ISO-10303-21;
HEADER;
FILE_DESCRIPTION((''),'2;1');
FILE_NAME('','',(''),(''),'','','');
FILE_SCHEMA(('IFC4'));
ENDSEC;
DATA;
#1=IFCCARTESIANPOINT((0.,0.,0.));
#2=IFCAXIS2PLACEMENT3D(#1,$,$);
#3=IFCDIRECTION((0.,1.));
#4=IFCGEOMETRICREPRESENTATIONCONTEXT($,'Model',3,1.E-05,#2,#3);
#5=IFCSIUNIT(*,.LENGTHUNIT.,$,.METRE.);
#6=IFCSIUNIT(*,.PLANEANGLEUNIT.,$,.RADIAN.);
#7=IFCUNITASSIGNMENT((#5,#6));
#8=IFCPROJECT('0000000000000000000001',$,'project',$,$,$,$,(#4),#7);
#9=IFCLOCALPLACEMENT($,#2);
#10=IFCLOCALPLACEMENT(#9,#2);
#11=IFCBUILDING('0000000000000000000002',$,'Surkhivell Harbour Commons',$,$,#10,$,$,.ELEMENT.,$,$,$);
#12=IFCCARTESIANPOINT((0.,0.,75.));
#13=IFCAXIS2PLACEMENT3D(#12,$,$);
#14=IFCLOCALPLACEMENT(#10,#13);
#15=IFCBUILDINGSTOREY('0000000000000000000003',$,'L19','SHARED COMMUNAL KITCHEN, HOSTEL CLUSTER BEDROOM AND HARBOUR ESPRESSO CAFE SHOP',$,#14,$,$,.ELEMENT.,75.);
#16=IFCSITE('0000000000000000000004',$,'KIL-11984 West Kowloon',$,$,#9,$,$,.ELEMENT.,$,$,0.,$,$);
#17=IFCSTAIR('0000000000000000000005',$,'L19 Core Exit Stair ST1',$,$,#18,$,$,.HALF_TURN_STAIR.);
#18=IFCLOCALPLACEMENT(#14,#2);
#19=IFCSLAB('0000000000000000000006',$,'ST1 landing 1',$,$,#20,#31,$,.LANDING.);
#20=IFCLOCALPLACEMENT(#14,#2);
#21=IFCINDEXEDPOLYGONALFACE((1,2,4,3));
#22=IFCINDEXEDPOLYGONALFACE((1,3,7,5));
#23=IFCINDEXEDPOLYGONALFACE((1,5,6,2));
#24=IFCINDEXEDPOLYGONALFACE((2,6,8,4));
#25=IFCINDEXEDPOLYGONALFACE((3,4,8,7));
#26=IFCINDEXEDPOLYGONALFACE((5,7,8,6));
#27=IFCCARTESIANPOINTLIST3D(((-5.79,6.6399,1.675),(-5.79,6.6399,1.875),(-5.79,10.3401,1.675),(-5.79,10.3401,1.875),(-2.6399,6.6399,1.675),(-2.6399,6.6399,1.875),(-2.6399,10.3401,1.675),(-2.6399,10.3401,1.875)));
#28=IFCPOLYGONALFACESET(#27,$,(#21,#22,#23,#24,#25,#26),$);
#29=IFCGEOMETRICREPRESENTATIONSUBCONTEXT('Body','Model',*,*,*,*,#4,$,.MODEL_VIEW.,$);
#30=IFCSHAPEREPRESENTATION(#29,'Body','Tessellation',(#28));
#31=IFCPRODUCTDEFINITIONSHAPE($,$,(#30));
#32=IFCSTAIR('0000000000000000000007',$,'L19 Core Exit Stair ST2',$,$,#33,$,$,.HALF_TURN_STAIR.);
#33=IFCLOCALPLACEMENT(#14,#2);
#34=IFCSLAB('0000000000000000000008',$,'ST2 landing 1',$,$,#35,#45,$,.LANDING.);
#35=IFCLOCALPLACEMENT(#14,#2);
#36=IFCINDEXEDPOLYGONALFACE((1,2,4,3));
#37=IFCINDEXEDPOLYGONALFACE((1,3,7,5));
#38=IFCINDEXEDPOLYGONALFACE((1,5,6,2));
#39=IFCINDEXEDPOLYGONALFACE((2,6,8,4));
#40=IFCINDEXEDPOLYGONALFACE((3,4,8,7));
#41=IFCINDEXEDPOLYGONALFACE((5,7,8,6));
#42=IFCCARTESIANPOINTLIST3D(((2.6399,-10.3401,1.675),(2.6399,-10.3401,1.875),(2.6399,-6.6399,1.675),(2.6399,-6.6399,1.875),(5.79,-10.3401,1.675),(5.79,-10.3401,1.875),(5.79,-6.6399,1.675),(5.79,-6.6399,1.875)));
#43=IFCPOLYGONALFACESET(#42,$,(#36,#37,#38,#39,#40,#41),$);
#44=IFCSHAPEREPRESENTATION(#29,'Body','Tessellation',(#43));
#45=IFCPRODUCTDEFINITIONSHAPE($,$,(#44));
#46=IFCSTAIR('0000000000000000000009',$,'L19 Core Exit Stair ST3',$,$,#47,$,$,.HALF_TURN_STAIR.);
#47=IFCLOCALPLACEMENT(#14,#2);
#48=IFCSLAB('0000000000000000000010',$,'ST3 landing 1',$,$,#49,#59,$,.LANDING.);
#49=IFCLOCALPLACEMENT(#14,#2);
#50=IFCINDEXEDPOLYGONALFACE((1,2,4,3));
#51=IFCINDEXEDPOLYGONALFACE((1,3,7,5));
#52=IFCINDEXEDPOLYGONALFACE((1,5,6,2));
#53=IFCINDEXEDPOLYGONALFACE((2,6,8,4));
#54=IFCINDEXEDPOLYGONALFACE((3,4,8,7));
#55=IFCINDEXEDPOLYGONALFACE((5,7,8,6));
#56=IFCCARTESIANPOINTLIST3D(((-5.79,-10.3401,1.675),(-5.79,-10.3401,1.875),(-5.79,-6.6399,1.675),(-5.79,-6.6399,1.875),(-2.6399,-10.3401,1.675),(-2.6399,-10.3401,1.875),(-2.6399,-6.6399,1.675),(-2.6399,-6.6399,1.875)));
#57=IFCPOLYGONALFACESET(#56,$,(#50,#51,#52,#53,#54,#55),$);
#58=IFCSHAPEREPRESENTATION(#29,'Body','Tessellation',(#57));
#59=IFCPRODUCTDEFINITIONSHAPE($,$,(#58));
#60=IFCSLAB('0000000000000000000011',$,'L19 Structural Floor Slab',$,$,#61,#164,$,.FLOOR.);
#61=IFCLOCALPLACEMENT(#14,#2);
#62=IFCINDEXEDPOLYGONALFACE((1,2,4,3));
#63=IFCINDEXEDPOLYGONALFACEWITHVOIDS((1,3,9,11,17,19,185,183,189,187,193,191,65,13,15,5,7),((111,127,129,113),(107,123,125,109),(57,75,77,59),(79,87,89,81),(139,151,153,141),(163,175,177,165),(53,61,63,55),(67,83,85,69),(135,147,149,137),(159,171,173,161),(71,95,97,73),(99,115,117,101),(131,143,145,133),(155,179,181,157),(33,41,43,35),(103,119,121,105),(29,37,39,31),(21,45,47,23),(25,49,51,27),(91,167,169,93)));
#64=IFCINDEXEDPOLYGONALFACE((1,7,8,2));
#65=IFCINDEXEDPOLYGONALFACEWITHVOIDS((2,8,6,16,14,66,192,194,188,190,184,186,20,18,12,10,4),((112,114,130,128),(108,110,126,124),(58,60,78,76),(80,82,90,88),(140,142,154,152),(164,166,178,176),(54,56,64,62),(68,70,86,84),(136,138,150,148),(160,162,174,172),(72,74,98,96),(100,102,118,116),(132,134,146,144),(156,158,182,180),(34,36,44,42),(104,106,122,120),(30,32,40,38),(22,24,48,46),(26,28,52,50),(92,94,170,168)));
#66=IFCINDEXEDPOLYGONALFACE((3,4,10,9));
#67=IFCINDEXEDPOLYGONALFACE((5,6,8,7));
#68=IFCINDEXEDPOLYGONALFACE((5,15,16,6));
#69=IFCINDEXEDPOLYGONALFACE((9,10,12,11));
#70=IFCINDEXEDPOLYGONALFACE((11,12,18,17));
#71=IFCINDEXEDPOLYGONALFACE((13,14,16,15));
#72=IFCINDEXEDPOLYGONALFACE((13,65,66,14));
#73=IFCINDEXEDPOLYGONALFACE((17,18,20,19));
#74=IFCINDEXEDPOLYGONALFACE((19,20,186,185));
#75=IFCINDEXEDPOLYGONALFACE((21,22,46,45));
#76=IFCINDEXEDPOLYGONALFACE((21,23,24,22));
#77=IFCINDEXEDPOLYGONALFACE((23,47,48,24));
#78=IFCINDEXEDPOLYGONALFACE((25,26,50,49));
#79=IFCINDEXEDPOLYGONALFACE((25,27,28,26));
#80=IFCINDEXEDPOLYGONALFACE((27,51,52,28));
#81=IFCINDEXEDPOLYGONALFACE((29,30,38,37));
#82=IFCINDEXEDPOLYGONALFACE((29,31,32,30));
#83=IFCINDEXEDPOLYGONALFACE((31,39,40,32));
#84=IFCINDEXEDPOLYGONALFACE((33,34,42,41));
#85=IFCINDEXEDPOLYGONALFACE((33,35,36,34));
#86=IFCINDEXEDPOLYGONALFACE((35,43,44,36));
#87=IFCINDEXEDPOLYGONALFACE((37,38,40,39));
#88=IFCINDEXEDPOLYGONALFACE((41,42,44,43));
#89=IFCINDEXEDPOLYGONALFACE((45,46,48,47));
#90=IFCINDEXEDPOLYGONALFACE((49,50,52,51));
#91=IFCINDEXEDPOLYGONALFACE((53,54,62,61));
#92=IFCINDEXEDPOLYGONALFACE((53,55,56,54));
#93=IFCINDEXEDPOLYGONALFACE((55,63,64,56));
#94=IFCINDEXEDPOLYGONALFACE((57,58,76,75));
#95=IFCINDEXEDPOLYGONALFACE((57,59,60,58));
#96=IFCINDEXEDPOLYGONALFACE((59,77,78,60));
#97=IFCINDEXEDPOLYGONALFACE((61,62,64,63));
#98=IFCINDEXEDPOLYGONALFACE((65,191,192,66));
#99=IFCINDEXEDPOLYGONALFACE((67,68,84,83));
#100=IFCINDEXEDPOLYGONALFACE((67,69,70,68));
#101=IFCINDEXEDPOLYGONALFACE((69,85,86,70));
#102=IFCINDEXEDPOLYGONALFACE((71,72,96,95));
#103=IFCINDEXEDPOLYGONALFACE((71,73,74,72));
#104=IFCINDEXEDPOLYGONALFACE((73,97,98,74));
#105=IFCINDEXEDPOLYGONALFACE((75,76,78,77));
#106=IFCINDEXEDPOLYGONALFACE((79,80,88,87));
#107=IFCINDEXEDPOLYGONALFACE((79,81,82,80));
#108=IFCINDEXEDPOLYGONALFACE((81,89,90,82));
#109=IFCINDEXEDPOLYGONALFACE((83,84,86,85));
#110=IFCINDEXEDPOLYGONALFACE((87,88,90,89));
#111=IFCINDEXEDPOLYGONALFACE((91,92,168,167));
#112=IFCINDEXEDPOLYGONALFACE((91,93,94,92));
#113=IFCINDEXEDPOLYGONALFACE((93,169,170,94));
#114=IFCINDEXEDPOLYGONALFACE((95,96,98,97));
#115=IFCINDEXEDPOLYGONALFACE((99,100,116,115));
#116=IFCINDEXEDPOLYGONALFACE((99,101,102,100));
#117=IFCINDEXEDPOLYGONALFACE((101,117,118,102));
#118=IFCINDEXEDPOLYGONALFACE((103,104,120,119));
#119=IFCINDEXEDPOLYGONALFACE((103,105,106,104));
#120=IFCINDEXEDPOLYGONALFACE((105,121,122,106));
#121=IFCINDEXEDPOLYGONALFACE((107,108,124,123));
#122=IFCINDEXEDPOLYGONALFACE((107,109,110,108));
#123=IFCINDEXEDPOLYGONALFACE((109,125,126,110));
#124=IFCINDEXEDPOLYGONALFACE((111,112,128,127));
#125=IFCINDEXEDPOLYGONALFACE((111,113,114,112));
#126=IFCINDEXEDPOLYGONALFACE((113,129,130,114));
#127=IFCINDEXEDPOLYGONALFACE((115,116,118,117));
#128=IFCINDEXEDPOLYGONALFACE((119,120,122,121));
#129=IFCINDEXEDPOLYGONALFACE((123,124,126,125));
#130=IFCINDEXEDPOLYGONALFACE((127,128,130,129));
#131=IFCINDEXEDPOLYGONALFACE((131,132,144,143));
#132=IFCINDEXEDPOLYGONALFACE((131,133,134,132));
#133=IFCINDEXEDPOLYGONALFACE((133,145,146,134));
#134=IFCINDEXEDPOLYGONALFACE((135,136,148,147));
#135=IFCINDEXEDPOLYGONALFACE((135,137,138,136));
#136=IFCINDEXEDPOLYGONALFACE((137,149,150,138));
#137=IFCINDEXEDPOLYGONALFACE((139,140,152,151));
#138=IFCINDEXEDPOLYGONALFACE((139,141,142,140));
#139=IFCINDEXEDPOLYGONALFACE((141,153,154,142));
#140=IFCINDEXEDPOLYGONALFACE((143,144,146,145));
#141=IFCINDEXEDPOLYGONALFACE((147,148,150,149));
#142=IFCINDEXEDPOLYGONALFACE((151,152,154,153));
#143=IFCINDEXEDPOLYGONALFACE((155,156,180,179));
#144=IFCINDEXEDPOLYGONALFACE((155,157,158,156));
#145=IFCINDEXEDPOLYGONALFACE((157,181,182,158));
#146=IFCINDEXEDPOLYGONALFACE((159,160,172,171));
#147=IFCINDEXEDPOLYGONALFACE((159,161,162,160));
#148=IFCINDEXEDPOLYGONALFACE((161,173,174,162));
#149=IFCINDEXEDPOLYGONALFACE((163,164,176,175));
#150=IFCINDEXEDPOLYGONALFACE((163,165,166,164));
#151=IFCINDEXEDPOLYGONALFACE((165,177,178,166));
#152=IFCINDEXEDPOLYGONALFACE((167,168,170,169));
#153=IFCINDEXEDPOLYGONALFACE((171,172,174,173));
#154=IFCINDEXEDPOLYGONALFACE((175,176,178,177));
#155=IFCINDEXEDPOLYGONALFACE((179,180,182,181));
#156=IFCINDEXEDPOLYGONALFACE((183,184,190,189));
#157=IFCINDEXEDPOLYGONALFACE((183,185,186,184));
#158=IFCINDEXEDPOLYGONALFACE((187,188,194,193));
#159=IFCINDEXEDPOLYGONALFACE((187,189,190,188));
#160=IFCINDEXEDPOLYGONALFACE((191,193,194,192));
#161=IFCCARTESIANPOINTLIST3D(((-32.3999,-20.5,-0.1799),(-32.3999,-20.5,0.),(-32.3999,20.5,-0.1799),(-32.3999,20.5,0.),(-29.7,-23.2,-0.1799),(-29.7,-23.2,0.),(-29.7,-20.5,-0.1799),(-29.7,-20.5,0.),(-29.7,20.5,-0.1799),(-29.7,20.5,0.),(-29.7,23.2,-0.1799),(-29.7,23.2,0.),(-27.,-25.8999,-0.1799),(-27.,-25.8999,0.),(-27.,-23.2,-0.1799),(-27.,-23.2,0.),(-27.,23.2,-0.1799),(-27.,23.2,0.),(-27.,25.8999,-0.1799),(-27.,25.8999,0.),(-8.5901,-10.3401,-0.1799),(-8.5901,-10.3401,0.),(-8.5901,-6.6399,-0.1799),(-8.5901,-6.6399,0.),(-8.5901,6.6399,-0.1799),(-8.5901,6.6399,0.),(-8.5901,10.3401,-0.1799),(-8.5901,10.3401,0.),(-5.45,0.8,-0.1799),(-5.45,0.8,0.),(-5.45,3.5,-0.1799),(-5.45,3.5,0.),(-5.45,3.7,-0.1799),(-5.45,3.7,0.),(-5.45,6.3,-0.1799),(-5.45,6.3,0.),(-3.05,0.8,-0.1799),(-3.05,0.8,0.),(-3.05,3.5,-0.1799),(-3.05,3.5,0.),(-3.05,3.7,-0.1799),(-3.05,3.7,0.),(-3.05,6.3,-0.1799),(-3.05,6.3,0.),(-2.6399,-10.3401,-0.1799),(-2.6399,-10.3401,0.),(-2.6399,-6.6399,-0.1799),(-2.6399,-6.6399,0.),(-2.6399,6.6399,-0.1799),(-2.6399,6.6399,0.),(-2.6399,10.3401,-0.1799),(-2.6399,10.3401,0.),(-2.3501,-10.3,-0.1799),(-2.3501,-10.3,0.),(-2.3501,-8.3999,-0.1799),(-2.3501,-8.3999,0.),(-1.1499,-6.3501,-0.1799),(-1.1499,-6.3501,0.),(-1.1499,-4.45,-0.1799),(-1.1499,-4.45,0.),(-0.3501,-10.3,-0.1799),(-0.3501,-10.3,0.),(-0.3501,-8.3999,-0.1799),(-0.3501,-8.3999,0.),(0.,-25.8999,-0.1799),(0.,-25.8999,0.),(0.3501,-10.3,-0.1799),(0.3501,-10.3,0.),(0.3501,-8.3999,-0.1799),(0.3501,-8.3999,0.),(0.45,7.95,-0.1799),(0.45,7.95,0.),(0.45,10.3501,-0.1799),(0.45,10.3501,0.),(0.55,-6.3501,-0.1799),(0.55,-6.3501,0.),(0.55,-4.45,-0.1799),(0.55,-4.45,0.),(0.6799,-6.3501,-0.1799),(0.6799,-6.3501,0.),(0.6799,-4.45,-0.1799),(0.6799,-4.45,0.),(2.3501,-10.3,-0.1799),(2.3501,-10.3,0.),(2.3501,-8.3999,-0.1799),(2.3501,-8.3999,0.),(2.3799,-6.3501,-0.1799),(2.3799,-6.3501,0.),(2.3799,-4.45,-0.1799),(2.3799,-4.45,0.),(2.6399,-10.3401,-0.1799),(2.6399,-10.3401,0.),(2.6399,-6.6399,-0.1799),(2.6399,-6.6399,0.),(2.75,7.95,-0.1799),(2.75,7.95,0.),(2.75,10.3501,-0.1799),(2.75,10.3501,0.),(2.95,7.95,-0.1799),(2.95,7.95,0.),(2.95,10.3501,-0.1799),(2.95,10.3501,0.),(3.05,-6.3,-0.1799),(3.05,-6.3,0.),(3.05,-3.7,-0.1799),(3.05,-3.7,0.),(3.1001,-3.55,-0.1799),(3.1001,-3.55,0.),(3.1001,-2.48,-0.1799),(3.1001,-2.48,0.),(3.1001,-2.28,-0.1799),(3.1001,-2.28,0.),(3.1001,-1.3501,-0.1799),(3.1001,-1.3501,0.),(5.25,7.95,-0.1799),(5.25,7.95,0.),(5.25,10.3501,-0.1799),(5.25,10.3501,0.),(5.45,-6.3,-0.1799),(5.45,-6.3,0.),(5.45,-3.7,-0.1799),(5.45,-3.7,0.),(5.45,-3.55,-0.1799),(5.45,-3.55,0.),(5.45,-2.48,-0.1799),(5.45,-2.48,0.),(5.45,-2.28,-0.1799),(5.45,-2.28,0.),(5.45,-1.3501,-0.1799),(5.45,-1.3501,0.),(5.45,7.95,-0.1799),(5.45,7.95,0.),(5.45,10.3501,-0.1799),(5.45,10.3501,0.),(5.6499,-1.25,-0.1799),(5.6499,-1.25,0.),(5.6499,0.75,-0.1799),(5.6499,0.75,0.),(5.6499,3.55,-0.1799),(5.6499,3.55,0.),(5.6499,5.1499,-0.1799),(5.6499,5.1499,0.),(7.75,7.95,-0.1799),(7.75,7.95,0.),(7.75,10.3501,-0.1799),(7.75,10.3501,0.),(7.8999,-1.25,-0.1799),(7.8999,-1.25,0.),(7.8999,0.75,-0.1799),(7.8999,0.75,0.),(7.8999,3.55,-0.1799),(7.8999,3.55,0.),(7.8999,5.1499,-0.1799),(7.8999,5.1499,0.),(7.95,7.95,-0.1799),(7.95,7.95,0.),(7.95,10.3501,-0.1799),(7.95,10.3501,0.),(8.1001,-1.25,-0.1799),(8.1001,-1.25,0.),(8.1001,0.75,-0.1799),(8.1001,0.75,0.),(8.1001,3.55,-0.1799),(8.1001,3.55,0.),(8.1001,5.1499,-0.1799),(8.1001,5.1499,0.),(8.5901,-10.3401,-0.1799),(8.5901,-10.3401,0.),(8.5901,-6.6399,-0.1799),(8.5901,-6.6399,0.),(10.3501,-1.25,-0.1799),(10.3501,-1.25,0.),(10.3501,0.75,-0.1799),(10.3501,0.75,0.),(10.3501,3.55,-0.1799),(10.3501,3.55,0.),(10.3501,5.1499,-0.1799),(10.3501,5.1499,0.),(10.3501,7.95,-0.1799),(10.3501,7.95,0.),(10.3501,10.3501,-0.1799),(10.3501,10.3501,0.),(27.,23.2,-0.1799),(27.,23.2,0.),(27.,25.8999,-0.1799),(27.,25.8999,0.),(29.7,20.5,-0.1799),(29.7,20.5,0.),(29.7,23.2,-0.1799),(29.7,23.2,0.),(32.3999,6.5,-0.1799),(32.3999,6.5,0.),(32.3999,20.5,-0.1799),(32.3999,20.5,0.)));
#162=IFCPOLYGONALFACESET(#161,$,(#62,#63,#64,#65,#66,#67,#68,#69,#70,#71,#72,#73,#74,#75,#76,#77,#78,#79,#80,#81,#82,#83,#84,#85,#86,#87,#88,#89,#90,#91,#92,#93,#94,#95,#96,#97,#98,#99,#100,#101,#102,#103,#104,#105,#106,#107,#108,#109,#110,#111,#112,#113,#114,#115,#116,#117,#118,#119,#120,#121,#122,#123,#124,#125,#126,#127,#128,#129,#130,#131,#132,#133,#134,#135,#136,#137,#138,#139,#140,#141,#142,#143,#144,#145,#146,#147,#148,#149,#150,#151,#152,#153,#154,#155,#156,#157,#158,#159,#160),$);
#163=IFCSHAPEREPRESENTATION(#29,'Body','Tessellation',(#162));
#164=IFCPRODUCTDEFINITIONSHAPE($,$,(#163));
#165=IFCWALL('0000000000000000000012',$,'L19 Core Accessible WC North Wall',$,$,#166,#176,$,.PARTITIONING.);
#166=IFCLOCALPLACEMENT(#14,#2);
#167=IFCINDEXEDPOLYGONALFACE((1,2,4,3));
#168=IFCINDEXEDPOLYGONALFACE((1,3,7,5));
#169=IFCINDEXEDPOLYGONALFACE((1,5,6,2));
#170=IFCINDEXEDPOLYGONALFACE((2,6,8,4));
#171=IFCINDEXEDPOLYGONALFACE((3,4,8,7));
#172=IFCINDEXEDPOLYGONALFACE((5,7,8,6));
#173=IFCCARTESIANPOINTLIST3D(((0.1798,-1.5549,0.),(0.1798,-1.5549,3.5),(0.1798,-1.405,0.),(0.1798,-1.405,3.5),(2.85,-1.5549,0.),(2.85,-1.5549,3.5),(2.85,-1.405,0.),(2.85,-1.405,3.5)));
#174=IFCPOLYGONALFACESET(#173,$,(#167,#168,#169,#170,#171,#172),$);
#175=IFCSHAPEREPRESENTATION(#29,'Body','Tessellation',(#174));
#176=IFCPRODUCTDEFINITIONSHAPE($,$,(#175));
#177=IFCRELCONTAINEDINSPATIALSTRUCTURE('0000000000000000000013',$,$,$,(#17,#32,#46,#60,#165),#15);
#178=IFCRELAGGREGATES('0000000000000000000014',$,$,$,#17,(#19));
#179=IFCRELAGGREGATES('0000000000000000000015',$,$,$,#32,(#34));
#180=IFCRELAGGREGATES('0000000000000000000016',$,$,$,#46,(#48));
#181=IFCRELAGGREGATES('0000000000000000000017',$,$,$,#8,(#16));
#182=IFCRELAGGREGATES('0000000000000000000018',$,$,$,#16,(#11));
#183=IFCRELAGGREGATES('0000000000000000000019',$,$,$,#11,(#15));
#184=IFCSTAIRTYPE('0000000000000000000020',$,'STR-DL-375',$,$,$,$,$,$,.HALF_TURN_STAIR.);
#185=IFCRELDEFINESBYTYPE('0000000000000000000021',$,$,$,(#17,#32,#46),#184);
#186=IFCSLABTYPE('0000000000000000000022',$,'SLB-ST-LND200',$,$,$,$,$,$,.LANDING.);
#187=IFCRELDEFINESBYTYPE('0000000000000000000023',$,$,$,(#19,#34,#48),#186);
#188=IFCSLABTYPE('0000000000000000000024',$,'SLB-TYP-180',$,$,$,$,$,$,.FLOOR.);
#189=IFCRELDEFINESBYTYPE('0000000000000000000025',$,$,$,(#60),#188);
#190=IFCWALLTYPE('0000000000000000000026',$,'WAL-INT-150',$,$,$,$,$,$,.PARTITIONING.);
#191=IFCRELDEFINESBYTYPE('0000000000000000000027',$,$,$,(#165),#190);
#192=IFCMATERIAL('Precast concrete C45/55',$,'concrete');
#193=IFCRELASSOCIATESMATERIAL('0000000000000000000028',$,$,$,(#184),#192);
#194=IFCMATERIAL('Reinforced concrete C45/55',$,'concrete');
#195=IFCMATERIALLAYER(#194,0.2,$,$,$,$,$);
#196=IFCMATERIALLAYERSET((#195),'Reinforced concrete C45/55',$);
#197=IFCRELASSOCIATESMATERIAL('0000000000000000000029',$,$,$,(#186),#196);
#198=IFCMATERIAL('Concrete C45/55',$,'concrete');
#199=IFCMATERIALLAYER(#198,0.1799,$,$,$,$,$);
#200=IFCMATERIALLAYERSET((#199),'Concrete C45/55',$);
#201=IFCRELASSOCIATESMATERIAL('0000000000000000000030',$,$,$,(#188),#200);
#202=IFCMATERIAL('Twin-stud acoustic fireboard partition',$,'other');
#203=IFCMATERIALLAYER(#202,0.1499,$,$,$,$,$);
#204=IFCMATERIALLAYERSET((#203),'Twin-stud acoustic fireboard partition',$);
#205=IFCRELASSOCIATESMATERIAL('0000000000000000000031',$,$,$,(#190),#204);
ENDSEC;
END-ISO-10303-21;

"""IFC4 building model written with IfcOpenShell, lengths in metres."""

from ifc_helpers import new_model, si_unit, direction, frame, frame_2d, origin, place, context, subcontext, project, spatial, polyline, rectangle, outline, extrude, material, layer, layer_set, type_object, element, aggregate, save


model = new_model("IFC4")

# Units and contexts
model_context = context("Model", 3, precision=1e-05, world=origin(), true_north=direction((0.0, 1.0)))
body_context = subcontext(model_context, "Body", "Model", "MODEL_VIEW")
ifc_project = project(units=[si_unit("LENGTHUNIT", "METRE"), si_unit("PLANEANGLEUNIT", "RADIAN")], contexts=[model_context])

# Site, building, storey
site_placement = place(None, origin())
site = spatial("IfcSite", under=ifc_project, at=site_placement, Name="KIL-11984 West Kowloon", CompositionType="ELEMENT", RefElevation=0.0)
building_placement = place(site_placement, origin())
building = spatial("IfcBuilding", under=site, at=building_placement, Name="Surkhivell Harbour Commons", CompositionType="ELEMENT")
storey_placement = place(building_placement, frame((0.0, 0.0, 75.0)))
storey = spatial("IfcBuildingStorey", under=building, at=storey_placement, Name="L19", Description="SHARED COMMUNAL KITCHEN, HOSTEL CLUSTER BEDROOM AND HARBOUR ESPRESSO CAFE SHOP", CompositionType="ELEMENT", Elevation=75.0)

# Stairs, slabs
ifc_material_1 = material(Name="Precast concrete C45/55", Category="concrete")
stair_type = type_object("IfcStairType", Name="STR-DL-375", PredefinedType="HALF_TURN_STAIR", material=ifc_material_1)
stair_1_placement = place(storey_placement, origin())
stair_1 = element("IfcStair", 1, at=stair_1_placement, inside=storey, type_object=stair_type, Name="L19 Core Exit Stair ST1", PredefinedType="HALF_TURN_STAIR")
ifc_material_2 = material(Name="Reinforced concrete C45/55", Category="concrete")
ifc_layer_1 = layer(ifc_material_2, 0.2)
ifc_layer_set_1 = layer_set([ifc_layer_1], Name="Reinforced concrete C45/55")
slab_type_1 = type_object("IfcSlabType", Name="SLB-ST-LND200", PredefinedType="LANDING", material=ifc_layer_set_1)
slab_1_placement = place(storey_placement, frame((0.0, 0.0, 1.675)))
slab_1 = element("IfcSlab", 2, at=slab_1_placement, type_object=slab_type_1, Name="ST1 landing 1", PredefinedType="LANDING", context=body_context, shape_type="SweptSolid", body=[
    extrude(outline(polyline([(-5.79, 6.6399), (-2.6399, 6.6399), (-2.6399, 10.3401), (-5.79, 10.3401), (-5.79, 6.6399)])), origin(), (0.0, 0.0, 1.0), 0.2),
])
aggregate(stair_1, [slab_1])
stair_2_placement = place(storey_placement, origin())
stair_2 = element("IfcStair", 3, at=stair_2_placement, inside=storey, type_object=stair_type, Name="L19 Core Exit Stair ST2", PredefinedType="HALF_TURN_STAIR")
slab_2_placement = place(storey_placement, frame((0.0, 0.0, 1.675)))
slab_2 = element("IfcSlab", 4, at=slab_2_placement, type_object=slab_type_1, Name="ST2 landing 1", PredefinedType="LANDING", context=body_context, shape_type="SweptSolid", body=[
    extrude(outline(polyline([(5.79, -6.6399), (2.6399, -6.6399), (2.6399, -10.3401), (5.79, -10.3401), (5.79, -6.6399)])), origin(), (0.0, 0.0, 1.0), 0.2),
])
aggregate(stair_2, [slab_2])
stair_3_placement = place(storey_placement, origin())
stair_3 = element("IfcStair", 5, at=stair_3_placement, inside=storey, type_object=stair_type, Name="L19 Core Exit Stair ST3", PredefinedType="HALF_TURN_STAIR")
slab_3_placement = place(storey_placement, frame((0.0, 0.0, 1.675)))
slab_3 = element("IfcSlab", 6, at=slab_3_placement, type_object=slab_type_1, Name="ST3 landing 1", PredefinedType="LANDING", context=body_context, shape_type="SweptSolid", body=[
    extrude(outline(polyline([(-5.79, -10.3401), (-2.6399, -10.3401), (-2.6399, -6.6399), (-5.79, -6.6399), (-5.79, -10.3401)])), origin(), (0.0, 0.0, 1.0), 0.2),
])
aggregate(stair_3, [slab_3])

# Slab
ifc_material_3 = material(Name="Concrete C45/55", Category="concrete")
ifc_layer_2 = layer(ifc_material_3, 0.1799)
ifc_layer_set_2 = layer_set([ifc_layer_2], Name="Concrete C45/55")
slab_type_2 = type_object("IfcSlabType", Name="SLB-TYP-180", PredefinedType="FLOOR", material=ifc_layer_set_2)
slab_4_placement = place(storey_placement, frame((0.0, 0.0, -0.1799)))
element("IfcSlab", 7, at=slab_4_placement, inside=storey, type_object=slab_type_2, Name="L19 Structural Floor Slab", PredefinedType="FLOOR", context=body_context, shape_type="SweptSolid", body=[
    extrude(outline(polyline([(-27.0, -25.8999), (0.0, -25.8999), (32.3999, 6.5), (32.3999, 20.5), (29.7, 20.5), (29.7, 23.2), (27.0, 23.2), (27.0, 25.8999), (-27.0, 25.8999), (-27.0, 23.2), (-29.7, 23.2), (-29.7, 20.5), (-32.3999, 20.5), (-32.3999, -20.5), (-29.7, -20.5), (-29.7, -23.2), (-27.0, -23.2), (-27.0, -25.8999)]), holes=[polyline([(-8.5901, 6.6399), (-2.6399, 6.6399), (-2.6399, 10.3401), (-8.5901, 10.3401), (-8.5901, 6.6399)]), polyline([(8.5901, -6.6399), (2.6399, -6.6399), (2.6399, -10.3401), (8.5901, -10.3401), (8.5901, -6.6399)]), polyline([(-8.5901, -10.3401), (-2.6399, -10.3401), (-2.6399, -6.6399), (-8.5901, -6.6399), (-8.5901, -10.3401)]), polyline([(0.45, 7.95), (2.75, 7.95), (2.75, 10.3501), (0.45, 10.3501), (0.45, 7.95)]), polyline([(2.95, 7.95), (5.25, 7.95), (5.25, 10.3501), (2.95, 10.3501), (2.95, 7.95)]), polyline([(5.45, 7.95), (7.75, 7.95), (7.75, 10.3501), (5.45, 10.3501), (5.45, 7.95)]), polyline([(7.95, 7.95), (10.3501, 7.95), (10.3501, 10.3501), (7.95, 10.3501), (7.95, 7.95)]), polyline([(5.6499, 3.55), (7.8999, 3.55), (7.8999, 5.1499), (5.6499, 5.1499), (5.6499, 3.55)]), polyline([(8.1001, 3.55), (10.3501, 3.55), (10.3501, 5.1499), (8.1001, 5.1499), (8.1001, 3.55)]), polyline([(5.6499, -1.25), (7.8999, -1.25), (7.8999, 0.75), (5.6499, 0.75), (5.6499, -1.25)]), polyline([(8.1001, -1.25), (10.3501, -1.25), (10.3501, 0.75), (8.1001, 0.75), (8.1001, -1.25)]), polyline([(-1.1499, -6.3501), (0.55, -6.3501), (0.55, -4.45), (-1.1499, -4.45), (-1.1499, -6.3501)]), polyline([(0.6799, -6.3501), (2.3799, -6.3501), (2.3799, -4.45), (0.6799, -4.45), (0.6799, -6.3501)]), polyline([(-2.3501, -10.3), (-0.3501, -10.3), (-0.3501, -8.3999), (-2.3501, -8.3999), (-2.3501, -10.3)]), polyline([(0.3501, -10.3), (2.3501, -10.3), (2.3501, -8.3999), (0.3501, -8.3999), (0.3501, -10.3)]), polyline([(-5.45, 3.7), (-3.05, 3.7), (-3.05, 6.3), (-5.45, 6.3), (-5.45, 3.7)]), polyline([(3.05, -6.3), (5.45, -6.3), (5.45, -3.7), (3.05, -3.7), (3.05, -6.3)]), polyline([(-5.45, 0.8), (-3.05, 0.8), (-3.05, 3.5), (-5.45, 3.5), (-5.45, 0.8)]), polyline([(3.1001, -3.55), (5.45, -3.55), (5.45, -2.48), (3.1001, -2.48), (3.1001, -3.55)]), polyline([(3.1001, -2.28), (5.45, -2.28), (5.45, -1.3501), (3.1001, -1.3501), (3.1001, -2.28)])]), origin(), (0.0, 0.0, 1.0), 0.1799),
])

# Wall
ifc_material_4 = material(Name="Twin-stud acoustic fireboard partition", Category="other")
ifc_layer_3 = layer(ifc_material_4, 0.1499)
ifc_layer_set_3 = layer_set([ifc_layer_3], Name="Twin-stud acoustic fireboard partition")
wall_type_1 = type_object("IfcWallType", Name="WAL-INT-150", PredefinedType="PARTITIONING", material=ifc_layer_set_3)
wall_1_placement = place(storey_placement, frame((0.1799, -1.48, 0.0), z_axis=(0.0, 0.0, 1.0), x_axis=(1.0, 0.0, 0.0)))
element("IfcWall", 8, at=wall_1_placement, inside=storey, type_object=wall_type_1, Name="L19 Core Accessible WC North Wall", PredefinedType="PARTITIONING", context=body_context, shape_type="SweptSolid", body=[
    extrude(rectangle(XDim=2.6702, YDim=0.1499, at=frame_2d((1.335, 0.0))), origin(), (0.0, 0.0, 1.0), 3.5),
])

save(model, "model.ifc")
